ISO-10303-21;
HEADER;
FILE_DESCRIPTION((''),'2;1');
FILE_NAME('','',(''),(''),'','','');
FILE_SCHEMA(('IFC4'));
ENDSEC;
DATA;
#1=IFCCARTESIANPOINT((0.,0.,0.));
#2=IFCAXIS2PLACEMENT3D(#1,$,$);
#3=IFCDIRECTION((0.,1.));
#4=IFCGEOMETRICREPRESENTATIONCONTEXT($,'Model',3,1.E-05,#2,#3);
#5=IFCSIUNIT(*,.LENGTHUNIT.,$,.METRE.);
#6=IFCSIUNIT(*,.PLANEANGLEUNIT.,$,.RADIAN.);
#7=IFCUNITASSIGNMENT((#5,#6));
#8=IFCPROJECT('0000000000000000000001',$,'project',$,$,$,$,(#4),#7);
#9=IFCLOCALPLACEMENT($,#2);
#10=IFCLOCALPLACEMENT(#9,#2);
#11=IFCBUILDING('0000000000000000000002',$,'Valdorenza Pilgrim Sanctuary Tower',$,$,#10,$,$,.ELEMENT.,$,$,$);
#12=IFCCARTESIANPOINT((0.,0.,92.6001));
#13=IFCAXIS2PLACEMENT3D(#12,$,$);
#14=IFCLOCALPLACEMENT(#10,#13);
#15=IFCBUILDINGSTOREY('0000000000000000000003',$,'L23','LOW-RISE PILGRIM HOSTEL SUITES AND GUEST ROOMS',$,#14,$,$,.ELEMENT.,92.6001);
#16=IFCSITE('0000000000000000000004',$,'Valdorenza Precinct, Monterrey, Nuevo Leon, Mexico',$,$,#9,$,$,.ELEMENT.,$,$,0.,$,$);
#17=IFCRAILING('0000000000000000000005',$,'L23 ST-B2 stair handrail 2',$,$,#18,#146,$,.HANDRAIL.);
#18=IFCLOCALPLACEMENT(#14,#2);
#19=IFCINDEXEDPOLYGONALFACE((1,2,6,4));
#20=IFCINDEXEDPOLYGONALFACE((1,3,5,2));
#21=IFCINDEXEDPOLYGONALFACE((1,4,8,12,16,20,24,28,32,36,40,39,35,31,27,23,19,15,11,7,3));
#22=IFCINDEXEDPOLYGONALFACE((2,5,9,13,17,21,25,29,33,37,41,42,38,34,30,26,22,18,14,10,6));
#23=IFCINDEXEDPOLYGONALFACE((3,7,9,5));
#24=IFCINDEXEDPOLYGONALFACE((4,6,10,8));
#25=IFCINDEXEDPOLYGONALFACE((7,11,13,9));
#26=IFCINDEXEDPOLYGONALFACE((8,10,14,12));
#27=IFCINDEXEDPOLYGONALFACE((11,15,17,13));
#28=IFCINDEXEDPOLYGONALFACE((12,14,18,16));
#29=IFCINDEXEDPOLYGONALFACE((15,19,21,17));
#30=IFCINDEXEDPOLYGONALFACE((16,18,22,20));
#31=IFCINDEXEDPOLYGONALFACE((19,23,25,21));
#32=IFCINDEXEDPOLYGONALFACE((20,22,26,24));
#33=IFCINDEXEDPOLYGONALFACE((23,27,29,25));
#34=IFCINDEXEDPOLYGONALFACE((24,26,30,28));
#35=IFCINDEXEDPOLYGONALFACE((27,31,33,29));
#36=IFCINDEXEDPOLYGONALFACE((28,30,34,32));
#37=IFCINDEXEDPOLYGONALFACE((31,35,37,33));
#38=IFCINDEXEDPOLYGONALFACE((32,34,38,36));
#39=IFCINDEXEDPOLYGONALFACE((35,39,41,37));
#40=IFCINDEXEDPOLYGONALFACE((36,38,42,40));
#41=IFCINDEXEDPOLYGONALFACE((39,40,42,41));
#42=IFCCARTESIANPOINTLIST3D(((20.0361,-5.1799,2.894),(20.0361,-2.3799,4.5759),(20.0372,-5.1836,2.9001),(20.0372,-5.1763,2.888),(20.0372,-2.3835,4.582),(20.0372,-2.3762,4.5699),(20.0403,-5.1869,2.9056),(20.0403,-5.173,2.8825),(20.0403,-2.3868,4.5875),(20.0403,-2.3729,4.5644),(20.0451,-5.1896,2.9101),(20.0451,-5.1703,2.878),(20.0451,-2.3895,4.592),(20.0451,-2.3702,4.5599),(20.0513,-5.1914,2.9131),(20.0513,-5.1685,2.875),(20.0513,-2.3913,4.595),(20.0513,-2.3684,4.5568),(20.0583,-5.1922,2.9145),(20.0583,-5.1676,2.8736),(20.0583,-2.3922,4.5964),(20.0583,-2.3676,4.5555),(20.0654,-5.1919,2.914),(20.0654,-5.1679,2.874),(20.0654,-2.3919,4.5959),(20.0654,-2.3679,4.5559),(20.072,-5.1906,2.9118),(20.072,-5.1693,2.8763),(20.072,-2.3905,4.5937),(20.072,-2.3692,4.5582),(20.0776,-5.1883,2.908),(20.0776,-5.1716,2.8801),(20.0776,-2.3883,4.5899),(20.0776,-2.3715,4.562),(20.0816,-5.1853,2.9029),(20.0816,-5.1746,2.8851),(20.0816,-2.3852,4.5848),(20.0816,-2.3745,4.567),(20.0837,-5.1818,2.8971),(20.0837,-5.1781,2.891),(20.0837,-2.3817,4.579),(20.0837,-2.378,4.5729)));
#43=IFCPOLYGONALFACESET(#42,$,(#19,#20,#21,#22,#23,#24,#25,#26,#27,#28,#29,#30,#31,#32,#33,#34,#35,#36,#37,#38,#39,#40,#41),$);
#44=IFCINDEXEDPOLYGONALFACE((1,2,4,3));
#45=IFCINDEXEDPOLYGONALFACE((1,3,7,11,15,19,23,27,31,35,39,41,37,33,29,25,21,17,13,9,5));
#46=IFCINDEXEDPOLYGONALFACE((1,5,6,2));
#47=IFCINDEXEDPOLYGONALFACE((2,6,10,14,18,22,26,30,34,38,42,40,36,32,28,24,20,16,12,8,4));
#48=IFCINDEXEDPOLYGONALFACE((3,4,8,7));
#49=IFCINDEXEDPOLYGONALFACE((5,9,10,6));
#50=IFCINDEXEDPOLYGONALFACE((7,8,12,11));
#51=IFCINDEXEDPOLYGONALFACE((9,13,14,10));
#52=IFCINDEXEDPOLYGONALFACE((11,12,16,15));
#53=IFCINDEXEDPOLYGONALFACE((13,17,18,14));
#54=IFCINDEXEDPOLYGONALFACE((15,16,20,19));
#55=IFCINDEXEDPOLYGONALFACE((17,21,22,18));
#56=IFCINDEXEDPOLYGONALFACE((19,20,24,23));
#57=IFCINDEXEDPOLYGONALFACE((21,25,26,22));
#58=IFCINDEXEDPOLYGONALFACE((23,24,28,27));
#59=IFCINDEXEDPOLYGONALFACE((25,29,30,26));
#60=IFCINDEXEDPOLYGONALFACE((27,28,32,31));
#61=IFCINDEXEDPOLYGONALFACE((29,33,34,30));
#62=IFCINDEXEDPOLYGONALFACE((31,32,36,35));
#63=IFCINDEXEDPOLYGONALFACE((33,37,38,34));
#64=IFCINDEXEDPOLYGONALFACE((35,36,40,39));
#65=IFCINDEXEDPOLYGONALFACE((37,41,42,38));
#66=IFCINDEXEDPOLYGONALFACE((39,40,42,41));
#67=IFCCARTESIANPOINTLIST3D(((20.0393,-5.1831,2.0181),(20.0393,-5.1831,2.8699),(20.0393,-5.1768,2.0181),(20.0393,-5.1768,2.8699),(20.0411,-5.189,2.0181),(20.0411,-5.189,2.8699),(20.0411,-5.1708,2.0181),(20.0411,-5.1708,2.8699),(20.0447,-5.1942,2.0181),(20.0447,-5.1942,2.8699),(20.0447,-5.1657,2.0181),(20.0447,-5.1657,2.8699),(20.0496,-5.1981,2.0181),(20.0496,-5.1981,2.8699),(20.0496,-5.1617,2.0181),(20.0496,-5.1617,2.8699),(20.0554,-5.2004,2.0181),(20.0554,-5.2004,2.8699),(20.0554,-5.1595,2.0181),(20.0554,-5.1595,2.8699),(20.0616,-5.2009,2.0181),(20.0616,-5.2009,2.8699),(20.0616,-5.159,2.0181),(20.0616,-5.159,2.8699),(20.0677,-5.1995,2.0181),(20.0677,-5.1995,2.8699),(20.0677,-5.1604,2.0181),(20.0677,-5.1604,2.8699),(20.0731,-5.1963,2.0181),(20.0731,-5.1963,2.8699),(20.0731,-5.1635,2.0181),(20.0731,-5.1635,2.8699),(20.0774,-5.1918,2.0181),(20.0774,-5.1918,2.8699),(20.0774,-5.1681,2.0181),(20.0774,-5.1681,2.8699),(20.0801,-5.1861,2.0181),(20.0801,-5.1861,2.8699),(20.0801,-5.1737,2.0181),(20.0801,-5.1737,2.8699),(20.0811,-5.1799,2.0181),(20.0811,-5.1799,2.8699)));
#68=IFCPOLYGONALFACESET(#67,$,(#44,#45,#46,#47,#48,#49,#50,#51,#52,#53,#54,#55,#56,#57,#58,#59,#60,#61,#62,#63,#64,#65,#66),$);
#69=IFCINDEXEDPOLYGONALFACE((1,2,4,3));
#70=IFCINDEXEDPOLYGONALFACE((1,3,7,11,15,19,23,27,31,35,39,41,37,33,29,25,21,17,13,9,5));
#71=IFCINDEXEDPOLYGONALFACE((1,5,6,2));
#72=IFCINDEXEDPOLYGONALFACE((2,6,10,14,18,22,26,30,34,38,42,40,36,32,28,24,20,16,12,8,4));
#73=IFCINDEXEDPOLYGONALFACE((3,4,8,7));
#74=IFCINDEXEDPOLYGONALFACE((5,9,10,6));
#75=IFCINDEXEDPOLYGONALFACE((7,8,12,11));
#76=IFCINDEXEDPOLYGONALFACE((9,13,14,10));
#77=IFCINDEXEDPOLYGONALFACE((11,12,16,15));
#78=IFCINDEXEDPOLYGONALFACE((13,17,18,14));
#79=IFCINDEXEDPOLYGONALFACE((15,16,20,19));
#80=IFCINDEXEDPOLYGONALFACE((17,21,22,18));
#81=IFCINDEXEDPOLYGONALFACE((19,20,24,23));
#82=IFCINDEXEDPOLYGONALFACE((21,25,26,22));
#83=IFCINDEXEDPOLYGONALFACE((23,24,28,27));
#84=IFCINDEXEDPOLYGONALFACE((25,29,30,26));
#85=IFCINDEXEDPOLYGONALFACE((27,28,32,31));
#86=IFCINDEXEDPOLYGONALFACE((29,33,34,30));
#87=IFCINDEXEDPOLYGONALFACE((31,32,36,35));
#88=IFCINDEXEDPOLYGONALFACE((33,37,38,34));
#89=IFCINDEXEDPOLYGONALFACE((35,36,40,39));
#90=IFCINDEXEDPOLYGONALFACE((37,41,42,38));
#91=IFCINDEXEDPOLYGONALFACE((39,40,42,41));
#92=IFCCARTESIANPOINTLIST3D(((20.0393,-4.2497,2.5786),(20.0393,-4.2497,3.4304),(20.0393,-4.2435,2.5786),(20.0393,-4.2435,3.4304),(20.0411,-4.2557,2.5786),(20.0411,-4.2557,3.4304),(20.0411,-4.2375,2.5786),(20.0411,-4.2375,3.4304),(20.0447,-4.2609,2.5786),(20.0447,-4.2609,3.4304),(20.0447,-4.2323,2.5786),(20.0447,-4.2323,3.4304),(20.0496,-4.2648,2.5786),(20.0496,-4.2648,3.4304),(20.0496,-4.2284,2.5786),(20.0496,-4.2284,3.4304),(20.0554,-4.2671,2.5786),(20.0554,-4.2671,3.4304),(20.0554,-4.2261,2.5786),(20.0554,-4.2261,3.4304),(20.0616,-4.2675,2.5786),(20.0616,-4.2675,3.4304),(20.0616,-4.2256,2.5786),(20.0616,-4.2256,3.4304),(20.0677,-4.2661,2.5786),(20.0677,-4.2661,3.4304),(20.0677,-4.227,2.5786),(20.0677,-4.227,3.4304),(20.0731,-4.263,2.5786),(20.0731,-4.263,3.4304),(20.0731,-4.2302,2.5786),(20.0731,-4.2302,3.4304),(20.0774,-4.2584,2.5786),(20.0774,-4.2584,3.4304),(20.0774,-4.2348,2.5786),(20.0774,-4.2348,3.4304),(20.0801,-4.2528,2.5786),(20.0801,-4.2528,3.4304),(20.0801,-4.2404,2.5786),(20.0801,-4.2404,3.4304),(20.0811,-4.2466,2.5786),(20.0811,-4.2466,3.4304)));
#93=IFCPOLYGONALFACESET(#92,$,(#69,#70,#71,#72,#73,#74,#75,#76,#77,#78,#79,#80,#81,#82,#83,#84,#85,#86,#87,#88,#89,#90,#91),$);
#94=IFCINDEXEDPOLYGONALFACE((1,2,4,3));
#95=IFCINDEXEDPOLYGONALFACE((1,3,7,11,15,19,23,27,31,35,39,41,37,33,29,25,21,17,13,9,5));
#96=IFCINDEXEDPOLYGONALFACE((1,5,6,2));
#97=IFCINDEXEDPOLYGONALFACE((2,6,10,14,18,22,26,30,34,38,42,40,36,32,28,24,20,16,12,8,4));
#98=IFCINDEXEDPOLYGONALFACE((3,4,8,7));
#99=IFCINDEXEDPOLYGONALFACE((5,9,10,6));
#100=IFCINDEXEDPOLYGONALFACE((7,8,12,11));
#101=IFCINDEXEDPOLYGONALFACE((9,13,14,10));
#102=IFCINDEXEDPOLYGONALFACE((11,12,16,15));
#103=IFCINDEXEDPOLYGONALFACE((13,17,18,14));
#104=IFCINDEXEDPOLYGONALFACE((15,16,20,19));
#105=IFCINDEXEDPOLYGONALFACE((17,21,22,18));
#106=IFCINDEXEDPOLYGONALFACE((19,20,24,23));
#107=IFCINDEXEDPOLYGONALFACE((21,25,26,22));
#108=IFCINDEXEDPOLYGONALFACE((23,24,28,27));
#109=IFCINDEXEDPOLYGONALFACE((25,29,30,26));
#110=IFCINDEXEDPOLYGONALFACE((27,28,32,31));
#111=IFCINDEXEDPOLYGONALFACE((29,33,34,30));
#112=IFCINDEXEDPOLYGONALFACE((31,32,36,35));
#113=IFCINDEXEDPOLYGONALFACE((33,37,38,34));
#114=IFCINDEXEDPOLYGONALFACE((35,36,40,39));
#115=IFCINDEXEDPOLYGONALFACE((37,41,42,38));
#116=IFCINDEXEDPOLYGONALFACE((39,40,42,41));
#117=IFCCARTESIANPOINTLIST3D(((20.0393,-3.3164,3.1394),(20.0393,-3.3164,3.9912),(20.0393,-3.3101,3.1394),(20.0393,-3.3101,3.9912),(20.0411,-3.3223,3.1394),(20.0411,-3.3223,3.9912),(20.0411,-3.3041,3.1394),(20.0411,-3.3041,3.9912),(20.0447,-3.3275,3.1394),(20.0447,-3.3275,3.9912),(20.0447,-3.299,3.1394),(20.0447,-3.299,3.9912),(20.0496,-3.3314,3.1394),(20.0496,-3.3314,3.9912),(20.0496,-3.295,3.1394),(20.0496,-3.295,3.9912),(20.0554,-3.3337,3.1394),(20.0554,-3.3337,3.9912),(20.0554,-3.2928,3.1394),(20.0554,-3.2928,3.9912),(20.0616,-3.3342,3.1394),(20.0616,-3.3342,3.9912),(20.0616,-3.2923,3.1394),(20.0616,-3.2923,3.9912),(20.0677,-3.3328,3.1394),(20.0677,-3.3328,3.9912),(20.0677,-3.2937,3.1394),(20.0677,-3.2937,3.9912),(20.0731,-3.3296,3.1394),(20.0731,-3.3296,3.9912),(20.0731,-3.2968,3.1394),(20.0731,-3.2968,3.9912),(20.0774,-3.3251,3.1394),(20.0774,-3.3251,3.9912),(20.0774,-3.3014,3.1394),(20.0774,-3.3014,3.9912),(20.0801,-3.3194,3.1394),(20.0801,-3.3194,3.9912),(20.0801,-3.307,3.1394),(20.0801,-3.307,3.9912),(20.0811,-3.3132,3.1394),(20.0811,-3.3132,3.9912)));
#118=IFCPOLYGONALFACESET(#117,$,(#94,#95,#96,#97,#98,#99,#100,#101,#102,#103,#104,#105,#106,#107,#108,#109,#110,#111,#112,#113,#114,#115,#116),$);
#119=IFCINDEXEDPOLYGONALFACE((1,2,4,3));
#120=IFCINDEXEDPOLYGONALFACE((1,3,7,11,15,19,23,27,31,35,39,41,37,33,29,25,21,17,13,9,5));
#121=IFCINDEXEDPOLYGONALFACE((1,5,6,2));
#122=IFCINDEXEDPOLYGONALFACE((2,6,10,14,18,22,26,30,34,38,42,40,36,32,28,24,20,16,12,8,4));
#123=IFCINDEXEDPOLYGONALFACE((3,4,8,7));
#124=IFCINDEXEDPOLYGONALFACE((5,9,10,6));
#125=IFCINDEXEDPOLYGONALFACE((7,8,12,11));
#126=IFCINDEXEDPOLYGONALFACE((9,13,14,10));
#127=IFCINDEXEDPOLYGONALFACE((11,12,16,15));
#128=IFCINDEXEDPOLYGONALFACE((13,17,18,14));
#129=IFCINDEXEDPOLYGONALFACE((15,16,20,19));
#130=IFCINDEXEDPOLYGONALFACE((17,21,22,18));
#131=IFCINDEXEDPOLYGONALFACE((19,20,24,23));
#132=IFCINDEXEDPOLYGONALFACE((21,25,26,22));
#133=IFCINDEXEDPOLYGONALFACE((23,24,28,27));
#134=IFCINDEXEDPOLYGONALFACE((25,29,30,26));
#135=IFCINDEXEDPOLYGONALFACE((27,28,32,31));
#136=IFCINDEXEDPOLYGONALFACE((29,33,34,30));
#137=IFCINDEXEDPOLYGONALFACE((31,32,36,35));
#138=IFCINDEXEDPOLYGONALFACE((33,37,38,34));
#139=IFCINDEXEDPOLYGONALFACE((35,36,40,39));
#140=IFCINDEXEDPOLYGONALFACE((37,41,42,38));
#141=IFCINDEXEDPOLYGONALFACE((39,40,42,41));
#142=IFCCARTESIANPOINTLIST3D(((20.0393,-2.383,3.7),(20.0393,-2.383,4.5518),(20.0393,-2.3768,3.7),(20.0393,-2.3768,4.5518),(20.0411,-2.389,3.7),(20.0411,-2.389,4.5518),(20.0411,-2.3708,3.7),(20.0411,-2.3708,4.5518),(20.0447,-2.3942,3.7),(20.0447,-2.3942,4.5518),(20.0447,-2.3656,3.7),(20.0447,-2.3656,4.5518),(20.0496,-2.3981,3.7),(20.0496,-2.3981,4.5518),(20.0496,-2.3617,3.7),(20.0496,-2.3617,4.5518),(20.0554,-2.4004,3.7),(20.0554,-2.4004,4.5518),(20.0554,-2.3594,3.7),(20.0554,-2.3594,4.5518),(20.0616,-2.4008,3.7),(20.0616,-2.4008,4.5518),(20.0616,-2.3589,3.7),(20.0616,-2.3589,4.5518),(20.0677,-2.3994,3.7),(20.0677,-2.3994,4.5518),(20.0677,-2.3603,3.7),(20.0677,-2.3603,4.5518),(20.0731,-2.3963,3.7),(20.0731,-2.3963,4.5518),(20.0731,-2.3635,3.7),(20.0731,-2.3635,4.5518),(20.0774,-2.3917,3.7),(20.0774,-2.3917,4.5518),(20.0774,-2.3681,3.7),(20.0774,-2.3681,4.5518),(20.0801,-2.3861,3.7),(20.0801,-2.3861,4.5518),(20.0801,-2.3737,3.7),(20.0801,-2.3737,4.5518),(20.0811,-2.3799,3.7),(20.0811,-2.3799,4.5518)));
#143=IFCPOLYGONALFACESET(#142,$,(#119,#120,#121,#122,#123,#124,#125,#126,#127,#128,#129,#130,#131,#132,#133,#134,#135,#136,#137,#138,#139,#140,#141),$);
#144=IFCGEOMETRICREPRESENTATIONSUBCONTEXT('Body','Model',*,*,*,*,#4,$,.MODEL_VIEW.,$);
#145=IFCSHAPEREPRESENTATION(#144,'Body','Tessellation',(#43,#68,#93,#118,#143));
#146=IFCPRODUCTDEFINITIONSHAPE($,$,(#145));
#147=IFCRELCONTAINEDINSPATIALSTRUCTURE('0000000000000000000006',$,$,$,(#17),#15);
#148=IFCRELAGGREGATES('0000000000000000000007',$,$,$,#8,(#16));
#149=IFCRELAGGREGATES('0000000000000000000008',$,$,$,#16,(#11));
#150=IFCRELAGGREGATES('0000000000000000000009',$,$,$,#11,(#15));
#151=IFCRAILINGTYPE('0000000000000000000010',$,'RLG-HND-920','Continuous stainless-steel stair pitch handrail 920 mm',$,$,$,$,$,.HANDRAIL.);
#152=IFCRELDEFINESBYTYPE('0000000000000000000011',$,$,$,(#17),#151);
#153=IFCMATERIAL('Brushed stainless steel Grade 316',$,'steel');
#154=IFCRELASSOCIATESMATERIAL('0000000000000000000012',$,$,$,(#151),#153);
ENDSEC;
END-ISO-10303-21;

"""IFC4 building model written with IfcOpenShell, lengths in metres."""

from ifc_helpers import new_model, si_unit, direction, frame, origin, origin_2d, place, context, subcontext, project, spatial, circle, extrude, material, type_object, element, save


model = new_model("IFC4")

# Units and contexts
model_context = context("Model", 3, precision=1e-05, world=origin(), true_north=direction((0.0, 1.0)))
body_context = subcontext(model_context, "Body", "Model", "MODEL_VIEW")
ifc_project = project(units=[si_unit("LENGTHUNIT", "METRE"), si_unit("PLANEANGLEUNIT", "RADIAN")], contexts=[model_context])

# Site, building, storey
site_placement = place(None, origin())
site = spatial("IfcSite", under=ifc_project, at=site_placement, Name="Valdorenza Precinct, Monterrey, Nuevo Leon, Mexico", CompositionType="ELEMENT", RefElevation=0.0)
building_placement = place(site_placement, origin())
building = spatial("IfcBuilding", under=site, at=building_placement, Name="Valdorenza Pilgrim Sanctuary Tower", CompositionType="ELEMENT")
storey_placement = place(building_placement, frame((0.0, 0.0, 92.6001)))
storey = spatial("IfcBuildingStorey", under=building, at=storey_placement, Name="L23", Description="LOW-RISE PILGRIM HOSTEL SUITES AND GUEST ROOMS", CompositionType="ELEMENT", Elevation=92.6001)

# Shared definitions
ifc_material_1 = material(Name="Brushed stainless steel Grade 316", Category="steel")

# Railing
railing_type_1 = type_object("IfcRailingType", Name="RLG-HND-920", Description="Continuous stainless-steel stair pitch handrail 920 mm", PredefinedType="HANDRAIL", material=ifc_material_1)
railing_1_placement = place(storey_placement, frame((20.0601, -5.1799, 2.0181)))
element("IfcRailing", 1, at=railing_1_placement, inside=storey, type_object=railing_type_1, Name="L23 ST-B2 stair handrail 2", PredefinedType="HANDRAIL", context=body_context, shape_type="SweptSolid", body=[
    extrude(circle(Radius=0.0239, at=origin_2d()), frame((0.0, 0.0, 0.876), z_axis=(0.0, 0.857242, 0.514913), x_axis=(-1.0, 0.0, 0.0)), (0.0, 0.0, 1.0), 3.2664),
    extrude(circle(Radius=0.021, at=origin_2d()), origin(), (0.0, 0.0, 1.0), 0.8518),
    extrude(circle(Radius=0.021, at=origin_2d()), frame((0.0, 0.9333, 0.5605)), (0.0, 0.0, 1.0), 0.8518),
    extrude(circle(Radius=0.021, at=origin_2d()), frame((0.0, 1.8667, 1.1213)), (0.0, 0.0, 1.0), 0.8518),
    extrude(circle(Radius=0.021, at=origin_2d()), frame((0.0, 2.8, 1.6819)), (0.0, 0.0, 1.0), 0.8518),
])

save(model, "model.ifc")
